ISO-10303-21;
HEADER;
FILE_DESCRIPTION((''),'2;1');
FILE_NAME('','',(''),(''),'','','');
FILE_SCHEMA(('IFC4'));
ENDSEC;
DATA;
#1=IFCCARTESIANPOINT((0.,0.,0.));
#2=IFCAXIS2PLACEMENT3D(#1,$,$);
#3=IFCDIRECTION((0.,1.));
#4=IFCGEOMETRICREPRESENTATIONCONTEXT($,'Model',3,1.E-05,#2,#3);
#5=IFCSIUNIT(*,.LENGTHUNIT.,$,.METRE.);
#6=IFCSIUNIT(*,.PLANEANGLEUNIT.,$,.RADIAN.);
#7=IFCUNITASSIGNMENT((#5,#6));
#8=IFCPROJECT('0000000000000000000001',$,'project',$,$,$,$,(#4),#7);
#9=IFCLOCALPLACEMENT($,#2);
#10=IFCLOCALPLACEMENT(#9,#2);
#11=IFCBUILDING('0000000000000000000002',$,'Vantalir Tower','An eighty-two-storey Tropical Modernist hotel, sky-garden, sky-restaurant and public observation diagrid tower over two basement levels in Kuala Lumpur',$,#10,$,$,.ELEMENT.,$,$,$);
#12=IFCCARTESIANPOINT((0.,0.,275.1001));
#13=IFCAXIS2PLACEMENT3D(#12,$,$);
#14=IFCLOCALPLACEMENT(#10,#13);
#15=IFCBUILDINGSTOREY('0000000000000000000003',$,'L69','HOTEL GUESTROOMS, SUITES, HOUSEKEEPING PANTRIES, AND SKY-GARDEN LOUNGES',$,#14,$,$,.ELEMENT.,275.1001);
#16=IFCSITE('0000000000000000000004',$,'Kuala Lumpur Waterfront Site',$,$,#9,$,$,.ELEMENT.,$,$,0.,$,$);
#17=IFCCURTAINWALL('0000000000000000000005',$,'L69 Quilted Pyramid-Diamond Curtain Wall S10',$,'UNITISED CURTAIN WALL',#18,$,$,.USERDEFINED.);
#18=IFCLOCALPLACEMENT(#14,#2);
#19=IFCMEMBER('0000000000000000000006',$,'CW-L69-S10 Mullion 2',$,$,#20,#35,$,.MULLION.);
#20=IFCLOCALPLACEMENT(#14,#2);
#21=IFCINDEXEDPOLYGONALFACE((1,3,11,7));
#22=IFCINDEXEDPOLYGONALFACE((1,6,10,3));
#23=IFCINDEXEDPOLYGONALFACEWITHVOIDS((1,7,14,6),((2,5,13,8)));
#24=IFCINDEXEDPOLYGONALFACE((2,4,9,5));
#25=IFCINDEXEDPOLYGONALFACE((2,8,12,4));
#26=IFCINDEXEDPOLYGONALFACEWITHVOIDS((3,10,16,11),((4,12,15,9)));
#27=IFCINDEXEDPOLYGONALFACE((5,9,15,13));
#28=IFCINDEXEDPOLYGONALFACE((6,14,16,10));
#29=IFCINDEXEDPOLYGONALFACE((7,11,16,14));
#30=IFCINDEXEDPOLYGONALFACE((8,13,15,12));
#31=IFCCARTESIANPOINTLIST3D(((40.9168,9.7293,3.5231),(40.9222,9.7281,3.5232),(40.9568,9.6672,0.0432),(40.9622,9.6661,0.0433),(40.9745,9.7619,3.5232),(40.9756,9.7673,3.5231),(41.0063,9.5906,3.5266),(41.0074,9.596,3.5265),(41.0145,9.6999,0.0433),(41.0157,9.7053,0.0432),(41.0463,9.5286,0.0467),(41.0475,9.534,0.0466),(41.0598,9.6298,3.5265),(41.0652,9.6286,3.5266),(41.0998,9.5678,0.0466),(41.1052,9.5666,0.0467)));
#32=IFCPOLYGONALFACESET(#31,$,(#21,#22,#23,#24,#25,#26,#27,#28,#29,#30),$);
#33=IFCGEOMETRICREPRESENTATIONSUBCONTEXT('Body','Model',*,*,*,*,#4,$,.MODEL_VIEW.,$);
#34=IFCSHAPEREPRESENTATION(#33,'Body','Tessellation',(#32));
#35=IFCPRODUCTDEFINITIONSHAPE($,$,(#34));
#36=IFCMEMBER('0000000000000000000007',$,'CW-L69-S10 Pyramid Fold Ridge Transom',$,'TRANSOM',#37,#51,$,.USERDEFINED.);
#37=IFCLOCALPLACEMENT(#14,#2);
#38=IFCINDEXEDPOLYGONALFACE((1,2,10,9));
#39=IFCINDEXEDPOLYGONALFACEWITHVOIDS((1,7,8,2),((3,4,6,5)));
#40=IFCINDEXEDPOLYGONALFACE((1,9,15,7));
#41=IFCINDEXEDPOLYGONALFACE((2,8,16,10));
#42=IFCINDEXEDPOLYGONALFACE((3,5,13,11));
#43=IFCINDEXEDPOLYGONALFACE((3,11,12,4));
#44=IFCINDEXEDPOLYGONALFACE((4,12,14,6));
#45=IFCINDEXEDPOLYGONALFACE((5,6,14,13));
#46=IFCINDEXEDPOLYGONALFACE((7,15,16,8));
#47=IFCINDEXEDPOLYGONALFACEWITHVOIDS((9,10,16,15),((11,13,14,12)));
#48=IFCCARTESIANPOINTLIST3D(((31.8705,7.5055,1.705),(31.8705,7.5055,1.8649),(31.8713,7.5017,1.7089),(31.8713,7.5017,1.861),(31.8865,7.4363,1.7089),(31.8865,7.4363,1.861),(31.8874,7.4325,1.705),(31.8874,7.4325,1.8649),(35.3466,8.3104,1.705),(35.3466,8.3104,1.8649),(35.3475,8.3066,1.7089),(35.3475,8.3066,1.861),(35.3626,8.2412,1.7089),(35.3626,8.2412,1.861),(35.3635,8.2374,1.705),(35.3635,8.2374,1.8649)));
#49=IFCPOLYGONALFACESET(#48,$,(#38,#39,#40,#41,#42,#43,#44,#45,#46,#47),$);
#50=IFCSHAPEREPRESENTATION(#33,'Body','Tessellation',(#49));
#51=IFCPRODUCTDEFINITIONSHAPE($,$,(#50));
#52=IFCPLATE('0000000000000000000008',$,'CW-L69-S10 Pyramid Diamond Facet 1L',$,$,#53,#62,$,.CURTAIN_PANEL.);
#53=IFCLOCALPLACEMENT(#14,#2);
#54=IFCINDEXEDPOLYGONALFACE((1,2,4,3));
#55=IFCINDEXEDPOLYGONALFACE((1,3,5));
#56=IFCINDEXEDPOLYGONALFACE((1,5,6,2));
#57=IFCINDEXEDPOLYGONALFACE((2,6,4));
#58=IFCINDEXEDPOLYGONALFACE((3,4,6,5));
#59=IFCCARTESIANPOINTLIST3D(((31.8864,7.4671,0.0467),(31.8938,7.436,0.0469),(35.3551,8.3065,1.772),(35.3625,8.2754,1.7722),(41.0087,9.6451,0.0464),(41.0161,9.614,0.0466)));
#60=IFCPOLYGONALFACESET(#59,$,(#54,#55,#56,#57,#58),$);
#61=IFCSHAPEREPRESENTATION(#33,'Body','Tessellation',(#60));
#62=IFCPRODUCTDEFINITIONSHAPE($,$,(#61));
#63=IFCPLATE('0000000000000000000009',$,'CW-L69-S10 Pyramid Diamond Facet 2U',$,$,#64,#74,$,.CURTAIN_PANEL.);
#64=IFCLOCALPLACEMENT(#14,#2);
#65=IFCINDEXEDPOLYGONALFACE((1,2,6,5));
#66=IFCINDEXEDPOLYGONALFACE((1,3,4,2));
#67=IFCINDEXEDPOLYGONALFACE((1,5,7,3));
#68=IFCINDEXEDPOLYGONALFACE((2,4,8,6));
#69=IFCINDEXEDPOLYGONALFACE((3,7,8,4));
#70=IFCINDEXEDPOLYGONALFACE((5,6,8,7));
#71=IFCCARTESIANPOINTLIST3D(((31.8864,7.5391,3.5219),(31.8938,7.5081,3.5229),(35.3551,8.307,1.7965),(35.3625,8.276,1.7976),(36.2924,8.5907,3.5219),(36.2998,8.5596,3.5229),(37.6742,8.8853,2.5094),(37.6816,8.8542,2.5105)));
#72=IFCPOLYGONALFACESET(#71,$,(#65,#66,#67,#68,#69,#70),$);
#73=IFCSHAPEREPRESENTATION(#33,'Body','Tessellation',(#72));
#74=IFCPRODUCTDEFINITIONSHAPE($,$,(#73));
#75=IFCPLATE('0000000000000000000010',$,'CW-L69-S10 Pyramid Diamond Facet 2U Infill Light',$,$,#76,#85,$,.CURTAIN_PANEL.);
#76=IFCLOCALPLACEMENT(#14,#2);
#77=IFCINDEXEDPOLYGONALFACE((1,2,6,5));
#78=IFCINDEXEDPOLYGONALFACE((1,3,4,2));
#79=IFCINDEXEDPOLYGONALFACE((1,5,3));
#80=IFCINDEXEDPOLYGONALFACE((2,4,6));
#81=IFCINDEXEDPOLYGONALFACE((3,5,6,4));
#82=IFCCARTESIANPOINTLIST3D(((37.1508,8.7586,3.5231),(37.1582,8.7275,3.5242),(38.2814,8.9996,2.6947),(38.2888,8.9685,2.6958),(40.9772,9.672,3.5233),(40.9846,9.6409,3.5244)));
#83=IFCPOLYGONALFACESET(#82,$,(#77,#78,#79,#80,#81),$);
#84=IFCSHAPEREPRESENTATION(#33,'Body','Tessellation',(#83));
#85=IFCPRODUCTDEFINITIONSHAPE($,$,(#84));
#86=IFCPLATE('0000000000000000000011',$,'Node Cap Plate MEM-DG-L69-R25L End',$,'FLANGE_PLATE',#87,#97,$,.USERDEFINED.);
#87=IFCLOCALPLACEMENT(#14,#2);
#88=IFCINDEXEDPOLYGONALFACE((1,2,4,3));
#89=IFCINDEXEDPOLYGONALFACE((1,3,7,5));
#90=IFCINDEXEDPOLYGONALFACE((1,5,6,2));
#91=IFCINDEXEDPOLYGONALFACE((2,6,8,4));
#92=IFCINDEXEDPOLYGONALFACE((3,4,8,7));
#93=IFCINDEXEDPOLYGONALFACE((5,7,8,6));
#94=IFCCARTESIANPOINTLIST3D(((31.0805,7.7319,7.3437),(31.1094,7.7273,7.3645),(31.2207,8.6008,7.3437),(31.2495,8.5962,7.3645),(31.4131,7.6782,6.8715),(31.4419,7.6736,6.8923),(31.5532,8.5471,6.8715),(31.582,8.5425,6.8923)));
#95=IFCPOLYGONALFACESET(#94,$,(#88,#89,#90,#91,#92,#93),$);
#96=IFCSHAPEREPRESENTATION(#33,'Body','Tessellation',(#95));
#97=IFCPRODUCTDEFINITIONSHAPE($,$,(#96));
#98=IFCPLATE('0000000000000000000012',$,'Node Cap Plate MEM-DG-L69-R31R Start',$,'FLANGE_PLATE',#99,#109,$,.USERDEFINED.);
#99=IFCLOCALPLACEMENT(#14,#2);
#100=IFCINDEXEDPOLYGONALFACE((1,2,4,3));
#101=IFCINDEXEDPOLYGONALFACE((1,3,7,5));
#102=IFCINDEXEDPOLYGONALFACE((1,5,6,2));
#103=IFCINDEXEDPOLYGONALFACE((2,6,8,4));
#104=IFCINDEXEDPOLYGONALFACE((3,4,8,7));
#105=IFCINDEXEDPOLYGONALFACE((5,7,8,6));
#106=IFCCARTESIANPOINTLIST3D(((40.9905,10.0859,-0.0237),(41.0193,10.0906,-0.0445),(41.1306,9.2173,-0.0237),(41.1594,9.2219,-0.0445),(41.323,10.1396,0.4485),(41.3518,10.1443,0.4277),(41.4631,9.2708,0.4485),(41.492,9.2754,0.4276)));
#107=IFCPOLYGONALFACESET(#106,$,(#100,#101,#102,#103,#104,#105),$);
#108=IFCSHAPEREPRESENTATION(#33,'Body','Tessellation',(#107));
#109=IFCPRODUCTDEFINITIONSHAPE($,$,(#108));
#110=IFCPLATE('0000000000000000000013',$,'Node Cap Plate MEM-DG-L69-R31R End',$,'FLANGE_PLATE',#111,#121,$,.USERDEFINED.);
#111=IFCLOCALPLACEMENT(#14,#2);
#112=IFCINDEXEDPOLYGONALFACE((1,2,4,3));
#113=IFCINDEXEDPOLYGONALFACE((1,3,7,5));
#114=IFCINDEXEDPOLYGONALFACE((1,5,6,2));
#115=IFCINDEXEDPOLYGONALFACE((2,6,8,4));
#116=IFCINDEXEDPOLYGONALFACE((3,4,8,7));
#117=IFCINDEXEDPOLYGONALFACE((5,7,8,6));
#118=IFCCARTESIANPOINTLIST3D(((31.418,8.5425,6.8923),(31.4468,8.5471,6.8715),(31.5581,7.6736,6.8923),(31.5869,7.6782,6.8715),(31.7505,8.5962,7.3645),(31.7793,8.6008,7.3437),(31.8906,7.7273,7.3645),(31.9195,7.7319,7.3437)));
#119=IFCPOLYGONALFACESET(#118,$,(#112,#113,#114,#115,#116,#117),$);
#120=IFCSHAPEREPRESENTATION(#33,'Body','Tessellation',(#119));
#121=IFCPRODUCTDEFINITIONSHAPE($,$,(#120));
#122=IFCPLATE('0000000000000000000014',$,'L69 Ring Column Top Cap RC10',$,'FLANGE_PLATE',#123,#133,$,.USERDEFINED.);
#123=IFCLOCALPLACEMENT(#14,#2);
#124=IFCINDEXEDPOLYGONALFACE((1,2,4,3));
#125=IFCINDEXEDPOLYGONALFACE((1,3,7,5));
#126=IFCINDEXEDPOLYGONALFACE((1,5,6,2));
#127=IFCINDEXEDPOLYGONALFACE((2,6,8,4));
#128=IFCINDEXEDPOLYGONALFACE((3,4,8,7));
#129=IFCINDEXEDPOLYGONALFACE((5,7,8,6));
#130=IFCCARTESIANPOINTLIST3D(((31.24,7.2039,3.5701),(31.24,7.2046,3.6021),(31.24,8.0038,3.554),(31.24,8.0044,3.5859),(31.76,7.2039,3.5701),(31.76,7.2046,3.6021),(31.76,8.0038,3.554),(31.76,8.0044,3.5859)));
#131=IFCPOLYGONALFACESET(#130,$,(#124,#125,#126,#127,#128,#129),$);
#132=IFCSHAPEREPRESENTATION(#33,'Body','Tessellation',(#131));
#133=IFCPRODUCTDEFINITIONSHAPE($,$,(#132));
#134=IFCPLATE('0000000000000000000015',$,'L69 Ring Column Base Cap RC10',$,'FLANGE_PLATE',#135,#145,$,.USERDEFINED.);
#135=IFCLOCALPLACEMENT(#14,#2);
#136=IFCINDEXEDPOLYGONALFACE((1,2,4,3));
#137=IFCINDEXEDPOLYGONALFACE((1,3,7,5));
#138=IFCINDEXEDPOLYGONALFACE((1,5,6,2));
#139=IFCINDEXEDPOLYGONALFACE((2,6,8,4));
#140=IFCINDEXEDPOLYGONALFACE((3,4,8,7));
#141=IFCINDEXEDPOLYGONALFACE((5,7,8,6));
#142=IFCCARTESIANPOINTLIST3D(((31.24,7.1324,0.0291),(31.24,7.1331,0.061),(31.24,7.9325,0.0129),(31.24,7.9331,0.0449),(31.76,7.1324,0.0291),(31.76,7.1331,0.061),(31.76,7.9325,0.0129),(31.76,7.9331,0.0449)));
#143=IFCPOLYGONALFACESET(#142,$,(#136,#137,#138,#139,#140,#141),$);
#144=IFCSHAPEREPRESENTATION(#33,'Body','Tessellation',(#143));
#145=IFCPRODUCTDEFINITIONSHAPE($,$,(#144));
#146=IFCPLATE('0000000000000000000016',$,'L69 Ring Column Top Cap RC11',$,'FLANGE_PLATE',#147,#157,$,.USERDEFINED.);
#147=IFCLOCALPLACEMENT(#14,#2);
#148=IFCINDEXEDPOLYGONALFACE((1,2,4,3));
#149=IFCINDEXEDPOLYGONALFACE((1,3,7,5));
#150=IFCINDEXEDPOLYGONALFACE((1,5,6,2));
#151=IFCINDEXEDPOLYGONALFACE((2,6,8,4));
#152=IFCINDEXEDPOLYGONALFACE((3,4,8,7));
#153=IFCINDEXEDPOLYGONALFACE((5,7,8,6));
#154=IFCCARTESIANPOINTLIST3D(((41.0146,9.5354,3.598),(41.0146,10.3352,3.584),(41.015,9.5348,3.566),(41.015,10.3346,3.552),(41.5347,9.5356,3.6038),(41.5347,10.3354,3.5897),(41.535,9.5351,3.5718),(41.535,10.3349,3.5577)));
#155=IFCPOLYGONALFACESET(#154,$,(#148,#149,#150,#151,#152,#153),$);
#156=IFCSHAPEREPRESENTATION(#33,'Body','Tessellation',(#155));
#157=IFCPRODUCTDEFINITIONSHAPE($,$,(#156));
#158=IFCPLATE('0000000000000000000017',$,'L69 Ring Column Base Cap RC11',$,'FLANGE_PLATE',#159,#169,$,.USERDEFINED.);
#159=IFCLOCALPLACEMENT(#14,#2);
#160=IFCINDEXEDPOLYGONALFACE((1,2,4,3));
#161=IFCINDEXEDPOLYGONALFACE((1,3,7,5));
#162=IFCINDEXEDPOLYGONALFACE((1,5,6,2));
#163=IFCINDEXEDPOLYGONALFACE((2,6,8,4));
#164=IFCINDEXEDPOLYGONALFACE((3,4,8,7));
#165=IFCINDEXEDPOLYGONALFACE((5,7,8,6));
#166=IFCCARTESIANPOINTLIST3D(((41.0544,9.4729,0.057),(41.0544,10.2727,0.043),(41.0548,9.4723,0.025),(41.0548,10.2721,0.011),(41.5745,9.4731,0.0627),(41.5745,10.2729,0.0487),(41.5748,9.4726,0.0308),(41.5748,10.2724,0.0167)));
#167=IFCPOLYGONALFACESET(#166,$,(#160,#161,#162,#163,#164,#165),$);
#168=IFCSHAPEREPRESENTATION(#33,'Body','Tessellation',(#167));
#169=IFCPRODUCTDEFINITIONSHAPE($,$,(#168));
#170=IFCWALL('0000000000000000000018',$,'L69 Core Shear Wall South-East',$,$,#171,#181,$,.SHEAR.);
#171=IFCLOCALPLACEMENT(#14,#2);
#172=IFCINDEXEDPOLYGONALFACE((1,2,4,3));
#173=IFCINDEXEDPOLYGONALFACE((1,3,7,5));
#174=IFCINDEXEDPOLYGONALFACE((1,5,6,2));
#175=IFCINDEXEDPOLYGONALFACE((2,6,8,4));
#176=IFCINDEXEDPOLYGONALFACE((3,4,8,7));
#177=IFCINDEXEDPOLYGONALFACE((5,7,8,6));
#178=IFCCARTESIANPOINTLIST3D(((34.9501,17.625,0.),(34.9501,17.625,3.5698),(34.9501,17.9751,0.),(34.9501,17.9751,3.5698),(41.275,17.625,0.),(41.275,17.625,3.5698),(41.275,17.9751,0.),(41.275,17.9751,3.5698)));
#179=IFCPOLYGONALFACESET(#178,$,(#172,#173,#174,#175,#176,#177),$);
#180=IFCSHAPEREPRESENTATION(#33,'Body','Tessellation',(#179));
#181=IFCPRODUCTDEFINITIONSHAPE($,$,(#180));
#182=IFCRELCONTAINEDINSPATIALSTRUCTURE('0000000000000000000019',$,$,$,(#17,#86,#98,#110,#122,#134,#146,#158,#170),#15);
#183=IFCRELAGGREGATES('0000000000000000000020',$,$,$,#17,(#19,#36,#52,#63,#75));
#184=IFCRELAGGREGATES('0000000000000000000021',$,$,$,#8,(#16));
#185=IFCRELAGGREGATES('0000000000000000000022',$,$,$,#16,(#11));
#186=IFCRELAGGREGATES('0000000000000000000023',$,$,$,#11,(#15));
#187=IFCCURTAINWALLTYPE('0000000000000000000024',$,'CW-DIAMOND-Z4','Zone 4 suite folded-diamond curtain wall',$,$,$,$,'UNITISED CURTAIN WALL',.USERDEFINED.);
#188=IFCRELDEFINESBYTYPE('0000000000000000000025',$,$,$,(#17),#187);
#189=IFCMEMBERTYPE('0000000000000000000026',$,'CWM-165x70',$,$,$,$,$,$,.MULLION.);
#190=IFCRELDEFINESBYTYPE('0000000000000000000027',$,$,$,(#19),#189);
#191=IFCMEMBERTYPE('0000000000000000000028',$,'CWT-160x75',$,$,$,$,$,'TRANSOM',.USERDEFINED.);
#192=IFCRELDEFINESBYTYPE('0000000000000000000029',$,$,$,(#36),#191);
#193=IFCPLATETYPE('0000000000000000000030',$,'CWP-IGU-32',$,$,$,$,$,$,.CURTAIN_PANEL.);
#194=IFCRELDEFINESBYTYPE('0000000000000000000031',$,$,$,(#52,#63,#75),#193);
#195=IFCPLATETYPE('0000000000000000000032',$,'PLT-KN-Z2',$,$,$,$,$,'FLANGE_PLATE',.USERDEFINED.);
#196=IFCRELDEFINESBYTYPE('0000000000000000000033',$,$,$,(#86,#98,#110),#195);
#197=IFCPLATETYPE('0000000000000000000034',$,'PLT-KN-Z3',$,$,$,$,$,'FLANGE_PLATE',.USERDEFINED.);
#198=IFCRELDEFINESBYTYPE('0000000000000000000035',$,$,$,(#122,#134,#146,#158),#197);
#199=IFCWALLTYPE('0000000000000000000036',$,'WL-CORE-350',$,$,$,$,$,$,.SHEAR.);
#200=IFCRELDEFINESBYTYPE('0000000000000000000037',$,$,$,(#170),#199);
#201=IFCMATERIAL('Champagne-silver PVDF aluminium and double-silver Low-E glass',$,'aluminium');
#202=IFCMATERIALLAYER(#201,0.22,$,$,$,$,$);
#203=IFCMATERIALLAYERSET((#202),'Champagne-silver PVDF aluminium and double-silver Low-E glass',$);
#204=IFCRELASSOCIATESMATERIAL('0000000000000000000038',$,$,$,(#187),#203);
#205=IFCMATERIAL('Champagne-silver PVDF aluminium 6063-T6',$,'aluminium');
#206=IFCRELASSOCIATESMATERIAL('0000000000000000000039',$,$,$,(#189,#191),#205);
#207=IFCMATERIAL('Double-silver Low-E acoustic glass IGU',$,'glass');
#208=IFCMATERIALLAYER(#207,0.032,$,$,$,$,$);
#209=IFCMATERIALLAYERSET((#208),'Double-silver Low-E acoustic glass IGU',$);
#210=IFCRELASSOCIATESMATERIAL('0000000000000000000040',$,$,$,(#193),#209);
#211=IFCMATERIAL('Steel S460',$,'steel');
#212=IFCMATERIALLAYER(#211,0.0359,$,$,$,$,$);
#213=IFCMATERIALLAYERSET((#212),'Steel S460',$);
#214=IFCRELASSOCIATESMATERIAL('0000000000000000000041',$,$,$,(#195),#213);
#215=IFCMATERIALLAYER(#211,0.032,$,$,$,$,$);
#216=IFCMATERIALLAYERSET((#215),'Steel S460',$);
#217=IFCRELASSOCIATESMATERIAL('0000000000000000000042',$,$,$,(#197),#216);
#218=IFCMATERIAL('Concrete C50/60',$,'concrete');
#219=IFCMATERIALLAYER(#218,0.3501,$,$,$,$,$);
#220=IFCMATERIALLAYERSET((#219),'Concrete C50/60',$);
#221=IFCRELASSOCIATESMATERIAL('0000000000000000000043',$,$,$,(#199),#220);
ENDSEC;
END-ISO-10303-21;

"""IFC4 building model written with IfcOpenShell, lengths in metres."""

from ifc_helpers import new_model, si_unit, direction, frame, frame_2d, origin, origin_2d, place, context, subcontext, project, spatial, polyline, rectangle, hollow_rectangle, outline, extrude, material, layer, layer_set, material_profile, profile_set, type_object, element, aggregate, save


model = new_model("IFC4")

# Units and contexts
model_context = context("Model", 3, precision=1e-05, world=origin(), true_north=direction((0.0, 1.0)))
body_context = subcontext(model_context, "Body", "Model", "MODEL_VIEW")
ifc_project = project(units=[si_unit("LENGTHUNIT", "METRE"), si_unit("PLANEANGLEUNIT", "RADIAN")], contexts=[model_context])

# Site, building, storey
site_placement = place(None, origin())
site = spatial("IfcSite", under=ifc_project, at=site_placement, Name="Kuala Lumpur Waterfront Site", CompositionType="ELEMENT", RefElevation=0.0)
building_placement = place(site_placement, origin())
building = spatial("IfcBuilding", under=site, at=building_placement, Name="Vantalir Tower", Description="An eighty-two-storey Tropical Modernist hotel, sky-garden, sky-restaurant and public observation diagrid tower over two basement levels in Kuala Lumpur", CompositionType="ELEMENT")
storey_placement = place(building_placement, frame((0.0, 0.0, 275.1001)))
storey = spatial("IfcBuildingStorey", under=building, at=storey_placement, Name="L69", Description="HOTEL GUESTROOMS, SUITES, HOUSEKEEPING PANTRIES, AND SKY-GARDEN LOUNGES", CompositionType="ELEMENT", Elevation=275.1001)

# Shared definitions
ifc_material_1 = material(Name="Concrete C50/60", Category="concrete")
ifc_material_2 = material(Name="Steel S460", Category="steel")

# Shared definitions
ifc_material_3 = material(Name="Champagne-silver PVDF aluminium and double-silver Low-E glass", Category="aluminium")
ifc_layer_1 = layer(ifc_material_3, 0.22)
ifc_layer_set_1 = layer_set([ifc_layer_1], Name="Champagne-silver PVDF aluminium and double-silver Low-E glass")
curtain_wall_type = type_object("IfcCurtainWallType", Name="CW-DIAMOND-Z4", Description="Zone 4 suite folded-diamond curtain wall", ElementType="UNITISED CURTAIN WALL", PredefinedType="USERDEFINED", material=ifc_layer_set_1)
ifc_material_4 = material(Name="Champagne-silver PVDF aluminium 6063-T6", Category="aluminium")
ifc_material_profile_1 = material_profile(ifc_material_4, hollow_rectangle(XDim=0.0701, YDim=0.165, WallThickness=0.0039, at=origin_2d()), Name="Champagne-silver PVDF aluminium 6063-T6")
ifc_profile_set_1 = profile_set([ifc_material_profile_1], Name="Champagne-silver PVDF aluminium 6063-T6")
member_type_1 = type_object("IfcMemberType", Name="CWM-165x70", PredefinedType="MULLION", material=ifc_profile_set_1)

# Curtain wall, members, plates
curtain_wall_1_placement = place(storey_placement, origin())
curtain_wall_1 = element("IfcCurtainWall", 1, at=curtain_wall_1_placement, inside=storey, type_object=curtain_wall_type, Name="L69 Quilted Pyramid-Diamond Curtain Wall S10", ObjectType="UNITISED CURTAIN WALL", PredefinedType="USERDEFINED")
member_1_placement = place(storey_placement, frame((41.031, 9.6169, 0.0449), z_axis=(-0.011503, 0.017816, 0.999775), x_axis=(-0.840102, -0.542428, 0.0)))
member_1 = element("IfcMember", 2, at=member_1_placement, type_object=member_type_1, Name="CW-L69-S10 Mullion 2", PredefinedType="MULLION", context=body_context, shape_type="SweptSolid", body=[
    extrude(hollow_rectangle(XDim=0.0701, YDim=0.165, WallThickness=0.0039, at=origin_2d()), origin(), (0.0, 0.0, 1.0), 3.4807),
])
ifc_material_profile_2 = material_profile(ifc_material_4, hollow_rectangle(XDim=0.075, YDim=0.1599, WallThickness=0.0039, at=origin_2d()), Name="Champagne-silver PVDF aluminium 6063-T6")
ifc_profile_set_2 = profile_set([ifc_material_profile_2], Name="Champagne-silver PVDF aluminium 6063-T6")
member_type_2 = type_object("IfcMemberType", Name="CWT-160x75", ElementType="TRANSOM", PredefinedType="USERDEFINED", material=ifc_profile_set_2)
member_2_placement = place(storey_placement, frame((31.8789, 7.469, 1.7849), z_axis=(0.974221, 0.225594, 0.0), x_axis=(-0.225594, 0.974221, 0.0)))
member_2 = element("IfcMember", 3, at=member_2_placement, type_object=member_type_2, Name="CW-L69-S10 Pyramid Fold Ridge Transom", ObjectType="TRANSOM", PredefinedType="USERDEFINED", context=body_context, shape_type="SweptSolid", body=[
    extrude(hollow_rectangle(XDim=0.075, YDim=0.1599, WallThickness=0.0039, at=origin_2d()), origin(), (0.0, 0.0, 1.0), 3.5681),
])
ifc_material_5 = material(Name="Double-silver Low-E acoustic glass IGU", Category="glass")
ifc_layer_2 = layer(ifc_material_5, 0.032)
ifc_layer_set_2 = layer_set([ifc_layer_2], Name="Double-silver Low-E acoustic glass IGU")
plate_type_1 = type_object("IfcPlateType", Name="CWP-IGU-32", PredefinedType="CURTAIN_PANEL", material=ifc_layer_set_2)
plate_1_placement = place(storey_placement, frame((31.8938, 7.436, 0.0469), z_axis=(0.232221, -0.972643, 0.006303), x_axis=(0.972662, 0.232226, -0.000026)))
plate_1 = element("IfcPlate", 4, at=plate_1_placement, type_object=plate_type_1, Name="CW-L69-S10 Pyramid Diamond Facet 1L", PredefinedType="CURTAIN_PANEL", context=body_context, shape_type="SweptSolid", body=[
    extrude(outline(polyline([(0.0, 0.0), (9.3787, 0.0), (3.5688, 1.7255), (0.0, 0.0)])), origin(), (0.0, 0.0, -1.0), 0.032),
])
plate_2_placement = place(storey_placement, frame((31.8938, 7.5081, 3.5229), z_axis=(0.232019, -0.972124, 0.033803), x_axis=(0.97268, 0.232152, -0.000001)))
plate_2 = element("IfcPlate", 5, at=plate_2_placement, type_object=plate_type_1, Name="CW-L69-S10 Pyramid Diamond Facet 2U", PredefinedType="CURTAIN_PANEL", context=body_context, shape_type="SweptSolid", body=[
    extrude(outline(polyline([(0.0, 0.0), (4.5297, 0.0), (5.9422, -1.013), (3.5522, -1.7263), (0.0, 0.0)])), origin(), (0.0, 0.0, -1.0), 0.032),
])
plate_3_placement = place(storey_placement, frame((37.1582, 8.7275, 3.5242), z_axis=(0.232033, -0.972117, 0.033913), x_axis=(0.972676, 0.232169, 0.000062)))
plate_3 = element("IfcPlate", 6, at=plate_3_placement, type_object=plate_type_1, Name="CW-L69-S10 Pyramid Diamond Facet 2U Infill Light", PredefinedType="CURTAIN_PANEL", context=body_context, shape_type="SweptSolid", body=[
    extrude(outline(polyline([(0.0, 0.0), (3.9339, 0.0), (1.1556, -0.8289), (0.0, 0.0)])), origin(), (0.0, 0.0, -1.0), 0.032),
])
aggregate(curtain_wall_1, [member_1, member_2, plate_1, plate_2, plate_3])

# Plates
ifc_layer_3 = layer(ifc_material_2, 0.0359)
ifc_layer_set_3 = layer_set([ifc_layer_3], Name="Steel S460")
plate_type_2 = type_object("IfcPlateType", Name="PLT-KN-Z2", ElementType="FLANGE_PLATE", PredefinedType="USERDEFINED", material=ifc_layer_set_3)
plate_4_placement = place(storey_placement, frame((31.4419, 7.6736, 6.8923), z_axis=(0.803701, -0.129622, 0.580743), x_axis=(0.159224, 0.987243, 0.0)))
element("IfcPlate", 7, at=plate_4_placement, inside=storey, type_object=plate_type_2, Name="Node Cap Plate MEM-DG-L69-R25L End", ObjectType="FLANGE_PLATE", PredefinedType="USERDEFINED", context=body_context, shape_type="SweptSolid", body=[
    extrude(outline(polyline([(0.0, 0.0), (0.8801, 0.0), (0.8802, 0.58), (0.0001, 0.58), (0.0, 0.0)])), origin(), (0.0, 0.0, -1.0), 0.0359),
])
plate_5_placement = place(storey_placement, frame((40.9905, 10.0859, -0.0237), z_axis=(-0.803714, -0.129642, 0.580721), x_axis=(0.159253, -0.987238, 0.00001)))
element("IfcPlate", 8, at=plate_5_placement, inside=storey, type_object=plate_type_2, Name="Node Cap Plate MEM-DG-L69-R31R Start", ObjectType="FLANGE_PLATE", PredefinedType="USERDEFINED", context=body_context, shape_type="SweptSolid", body=[
    extrude(outline(polyline([(0.0, 0.0), (0.8799, 0.0), (0.8801, 0.58), (-0.0001, 0.58), (0.0, 0.0)])), origin(), (0.0, 0.0, -1.0), 0.0359),
])
plate_6_placement = place(storey_placement, frame((31.418, 8.5425, 6.8923), z_axis=(-0.803701, -0.129622, 0.580743), x_axis=(0.159224, -0.987243, 0.0)))
element("IfcPlate", 9, at=plate_6_placement, inside=storey, type_object=plate_type_2, Name="Node Cap Plate MEM-DG-L69-R31R End", ObjectType="FLANGE_PLATE", PredefinedType="USERDEFINED", context=body_context, shape_type="SweptSolid", body=[
    extrude(outline(polyline([(0.0, 0.0), (0.8801, 0.0), (0.88, 0.58), (-0.0001, 0.58), (0.0, 0.0)])), origin(), (0.0, 0.0, -1.0), 0.0359),
])
ifc_layer_4 = layer(ifc_material_2, 0.032)
ifc_layer_set_4 = layer_set([ifc_layer_4], Name="Steel S460")
plate_type_3 = type_object("IfcPlateType", Name="PLT-KN-Z3", ElementType="FLANGE_PLATE", PredefinedType="USERDEFINED", material=ifc_layer_set_4)
plate_7_placement = place(storey_placement, frame((31.24, 8.0044, 3.5859), z_axis=(0.0, 0.020142, 0.999797), x_axis=(0.0, -0.999797, 0.020142)))
element("IfcPlate", 10, at=plate_7_placement, inside=storey, type_object=plate_type_3, Name="L69 Ring Column Top Cap RC10", ObjectType="FLANGE_PLATE", PredefinedType="USERDEFINED", context=body_context, shape_type="SweptSolid", body=[
    extrude(outline(polyline([(0.0, 0.0), (0.8, 0.0), (0.8, 0.52), (0.0, 0.52), (0.0, 0.0)])), origin(), (0.0, 0.0, -1.0), 0.032),
])
plate_8_placement = place(storey_placement, frame((31.24, 7.9331, 0.0449), z_axis=(0.0, 0.020136, 0.999797), x_axis=(0.0, -0.999797, 0.020136)))
element("IfcPlate", 11, at=plate_8_placement, inside=storey, type_object=plate_type_3, Name="L69 Ring Column Base Cap RC10", ObjectType="FLANGE_PLATE", PredefinedType="USERDEFINED", context=body_context, shape_type="SweptSolid", body=[
    extrude(outline(polyline([(0.0, 0.0), (0.8002, 0.0), (0.8002, 0.52), (0.0, 0.52), (0.0, 0.0)])), origin(), (0.0, 0.0, -1.0), 0.032),
])
for number, where, z_axis, x_axis, name in (
    (12, (41.0146, 10.3352, 3.584), (-0.011039, 0.017548, 0.999785), (0.000002, -0.999846, 0.017549), "L69 Ring Column Top Cap RC11"),
    (13, (41.0544, 10.2727, 0.043), (-0.011039, 0.017548, 0.999785), (0.000002, -0.999846, 0.017549), "L69 Ring Column Base Cap RC11"),
):
    element("IfcPlate", number, at=place(storey_placement, frame(where, z_axis=z_axis, x_axis=x_axis)), inside=storey, type_object=plate_type_3, Name=name, ObjectType="FLANGE_PLATE", PredefinedType="USERDEFINED", context=body_context, shape_type="SweptSolid", body=[
        extrude(outline(polyline([(0.0, 0.0), (0.7999, 0.0), (0.7998, 0.52), (-0.0001, 0.5201), (0.0, 0.0)])), origin(), (0.0, 0.0, -1.0), 0.032),
    ])

# Wall
ifc_layer_5 = layer(ifc_material_1, 0.3501)
ifc_layer_set_5 = layer_set([ifc_layer_5], Name="Concrete C50/60")
wall_type_1 = type_object("IfcWallType", Name="WL-CORE-350", PredefinedType="SHEAR", material=ifc_layer_set_5)
wall_1_placement = place(storey_placement, frame((34.95, 17.8, 0.0), z_axis=(0.0, 0.0, 1.0), x_axis=(1.0, 0.0, 0.0)))
element("IfcWall", 14, at=wall_1_placement, inside=storey, type_object=wall_type_1, Name="L69 Core Shear Wall South-East", PredefinedType="SHEAR", context=body_context, shape_type="SweptSolid", body=[
    extrude(rectangle(XDim=6.325, YDim=0.3501, at=frame_2d((3.1626, 0.0))), origin(), (0.0, 0.0, 1.0), 3.5698),
])

save(model, "model.ifc")
